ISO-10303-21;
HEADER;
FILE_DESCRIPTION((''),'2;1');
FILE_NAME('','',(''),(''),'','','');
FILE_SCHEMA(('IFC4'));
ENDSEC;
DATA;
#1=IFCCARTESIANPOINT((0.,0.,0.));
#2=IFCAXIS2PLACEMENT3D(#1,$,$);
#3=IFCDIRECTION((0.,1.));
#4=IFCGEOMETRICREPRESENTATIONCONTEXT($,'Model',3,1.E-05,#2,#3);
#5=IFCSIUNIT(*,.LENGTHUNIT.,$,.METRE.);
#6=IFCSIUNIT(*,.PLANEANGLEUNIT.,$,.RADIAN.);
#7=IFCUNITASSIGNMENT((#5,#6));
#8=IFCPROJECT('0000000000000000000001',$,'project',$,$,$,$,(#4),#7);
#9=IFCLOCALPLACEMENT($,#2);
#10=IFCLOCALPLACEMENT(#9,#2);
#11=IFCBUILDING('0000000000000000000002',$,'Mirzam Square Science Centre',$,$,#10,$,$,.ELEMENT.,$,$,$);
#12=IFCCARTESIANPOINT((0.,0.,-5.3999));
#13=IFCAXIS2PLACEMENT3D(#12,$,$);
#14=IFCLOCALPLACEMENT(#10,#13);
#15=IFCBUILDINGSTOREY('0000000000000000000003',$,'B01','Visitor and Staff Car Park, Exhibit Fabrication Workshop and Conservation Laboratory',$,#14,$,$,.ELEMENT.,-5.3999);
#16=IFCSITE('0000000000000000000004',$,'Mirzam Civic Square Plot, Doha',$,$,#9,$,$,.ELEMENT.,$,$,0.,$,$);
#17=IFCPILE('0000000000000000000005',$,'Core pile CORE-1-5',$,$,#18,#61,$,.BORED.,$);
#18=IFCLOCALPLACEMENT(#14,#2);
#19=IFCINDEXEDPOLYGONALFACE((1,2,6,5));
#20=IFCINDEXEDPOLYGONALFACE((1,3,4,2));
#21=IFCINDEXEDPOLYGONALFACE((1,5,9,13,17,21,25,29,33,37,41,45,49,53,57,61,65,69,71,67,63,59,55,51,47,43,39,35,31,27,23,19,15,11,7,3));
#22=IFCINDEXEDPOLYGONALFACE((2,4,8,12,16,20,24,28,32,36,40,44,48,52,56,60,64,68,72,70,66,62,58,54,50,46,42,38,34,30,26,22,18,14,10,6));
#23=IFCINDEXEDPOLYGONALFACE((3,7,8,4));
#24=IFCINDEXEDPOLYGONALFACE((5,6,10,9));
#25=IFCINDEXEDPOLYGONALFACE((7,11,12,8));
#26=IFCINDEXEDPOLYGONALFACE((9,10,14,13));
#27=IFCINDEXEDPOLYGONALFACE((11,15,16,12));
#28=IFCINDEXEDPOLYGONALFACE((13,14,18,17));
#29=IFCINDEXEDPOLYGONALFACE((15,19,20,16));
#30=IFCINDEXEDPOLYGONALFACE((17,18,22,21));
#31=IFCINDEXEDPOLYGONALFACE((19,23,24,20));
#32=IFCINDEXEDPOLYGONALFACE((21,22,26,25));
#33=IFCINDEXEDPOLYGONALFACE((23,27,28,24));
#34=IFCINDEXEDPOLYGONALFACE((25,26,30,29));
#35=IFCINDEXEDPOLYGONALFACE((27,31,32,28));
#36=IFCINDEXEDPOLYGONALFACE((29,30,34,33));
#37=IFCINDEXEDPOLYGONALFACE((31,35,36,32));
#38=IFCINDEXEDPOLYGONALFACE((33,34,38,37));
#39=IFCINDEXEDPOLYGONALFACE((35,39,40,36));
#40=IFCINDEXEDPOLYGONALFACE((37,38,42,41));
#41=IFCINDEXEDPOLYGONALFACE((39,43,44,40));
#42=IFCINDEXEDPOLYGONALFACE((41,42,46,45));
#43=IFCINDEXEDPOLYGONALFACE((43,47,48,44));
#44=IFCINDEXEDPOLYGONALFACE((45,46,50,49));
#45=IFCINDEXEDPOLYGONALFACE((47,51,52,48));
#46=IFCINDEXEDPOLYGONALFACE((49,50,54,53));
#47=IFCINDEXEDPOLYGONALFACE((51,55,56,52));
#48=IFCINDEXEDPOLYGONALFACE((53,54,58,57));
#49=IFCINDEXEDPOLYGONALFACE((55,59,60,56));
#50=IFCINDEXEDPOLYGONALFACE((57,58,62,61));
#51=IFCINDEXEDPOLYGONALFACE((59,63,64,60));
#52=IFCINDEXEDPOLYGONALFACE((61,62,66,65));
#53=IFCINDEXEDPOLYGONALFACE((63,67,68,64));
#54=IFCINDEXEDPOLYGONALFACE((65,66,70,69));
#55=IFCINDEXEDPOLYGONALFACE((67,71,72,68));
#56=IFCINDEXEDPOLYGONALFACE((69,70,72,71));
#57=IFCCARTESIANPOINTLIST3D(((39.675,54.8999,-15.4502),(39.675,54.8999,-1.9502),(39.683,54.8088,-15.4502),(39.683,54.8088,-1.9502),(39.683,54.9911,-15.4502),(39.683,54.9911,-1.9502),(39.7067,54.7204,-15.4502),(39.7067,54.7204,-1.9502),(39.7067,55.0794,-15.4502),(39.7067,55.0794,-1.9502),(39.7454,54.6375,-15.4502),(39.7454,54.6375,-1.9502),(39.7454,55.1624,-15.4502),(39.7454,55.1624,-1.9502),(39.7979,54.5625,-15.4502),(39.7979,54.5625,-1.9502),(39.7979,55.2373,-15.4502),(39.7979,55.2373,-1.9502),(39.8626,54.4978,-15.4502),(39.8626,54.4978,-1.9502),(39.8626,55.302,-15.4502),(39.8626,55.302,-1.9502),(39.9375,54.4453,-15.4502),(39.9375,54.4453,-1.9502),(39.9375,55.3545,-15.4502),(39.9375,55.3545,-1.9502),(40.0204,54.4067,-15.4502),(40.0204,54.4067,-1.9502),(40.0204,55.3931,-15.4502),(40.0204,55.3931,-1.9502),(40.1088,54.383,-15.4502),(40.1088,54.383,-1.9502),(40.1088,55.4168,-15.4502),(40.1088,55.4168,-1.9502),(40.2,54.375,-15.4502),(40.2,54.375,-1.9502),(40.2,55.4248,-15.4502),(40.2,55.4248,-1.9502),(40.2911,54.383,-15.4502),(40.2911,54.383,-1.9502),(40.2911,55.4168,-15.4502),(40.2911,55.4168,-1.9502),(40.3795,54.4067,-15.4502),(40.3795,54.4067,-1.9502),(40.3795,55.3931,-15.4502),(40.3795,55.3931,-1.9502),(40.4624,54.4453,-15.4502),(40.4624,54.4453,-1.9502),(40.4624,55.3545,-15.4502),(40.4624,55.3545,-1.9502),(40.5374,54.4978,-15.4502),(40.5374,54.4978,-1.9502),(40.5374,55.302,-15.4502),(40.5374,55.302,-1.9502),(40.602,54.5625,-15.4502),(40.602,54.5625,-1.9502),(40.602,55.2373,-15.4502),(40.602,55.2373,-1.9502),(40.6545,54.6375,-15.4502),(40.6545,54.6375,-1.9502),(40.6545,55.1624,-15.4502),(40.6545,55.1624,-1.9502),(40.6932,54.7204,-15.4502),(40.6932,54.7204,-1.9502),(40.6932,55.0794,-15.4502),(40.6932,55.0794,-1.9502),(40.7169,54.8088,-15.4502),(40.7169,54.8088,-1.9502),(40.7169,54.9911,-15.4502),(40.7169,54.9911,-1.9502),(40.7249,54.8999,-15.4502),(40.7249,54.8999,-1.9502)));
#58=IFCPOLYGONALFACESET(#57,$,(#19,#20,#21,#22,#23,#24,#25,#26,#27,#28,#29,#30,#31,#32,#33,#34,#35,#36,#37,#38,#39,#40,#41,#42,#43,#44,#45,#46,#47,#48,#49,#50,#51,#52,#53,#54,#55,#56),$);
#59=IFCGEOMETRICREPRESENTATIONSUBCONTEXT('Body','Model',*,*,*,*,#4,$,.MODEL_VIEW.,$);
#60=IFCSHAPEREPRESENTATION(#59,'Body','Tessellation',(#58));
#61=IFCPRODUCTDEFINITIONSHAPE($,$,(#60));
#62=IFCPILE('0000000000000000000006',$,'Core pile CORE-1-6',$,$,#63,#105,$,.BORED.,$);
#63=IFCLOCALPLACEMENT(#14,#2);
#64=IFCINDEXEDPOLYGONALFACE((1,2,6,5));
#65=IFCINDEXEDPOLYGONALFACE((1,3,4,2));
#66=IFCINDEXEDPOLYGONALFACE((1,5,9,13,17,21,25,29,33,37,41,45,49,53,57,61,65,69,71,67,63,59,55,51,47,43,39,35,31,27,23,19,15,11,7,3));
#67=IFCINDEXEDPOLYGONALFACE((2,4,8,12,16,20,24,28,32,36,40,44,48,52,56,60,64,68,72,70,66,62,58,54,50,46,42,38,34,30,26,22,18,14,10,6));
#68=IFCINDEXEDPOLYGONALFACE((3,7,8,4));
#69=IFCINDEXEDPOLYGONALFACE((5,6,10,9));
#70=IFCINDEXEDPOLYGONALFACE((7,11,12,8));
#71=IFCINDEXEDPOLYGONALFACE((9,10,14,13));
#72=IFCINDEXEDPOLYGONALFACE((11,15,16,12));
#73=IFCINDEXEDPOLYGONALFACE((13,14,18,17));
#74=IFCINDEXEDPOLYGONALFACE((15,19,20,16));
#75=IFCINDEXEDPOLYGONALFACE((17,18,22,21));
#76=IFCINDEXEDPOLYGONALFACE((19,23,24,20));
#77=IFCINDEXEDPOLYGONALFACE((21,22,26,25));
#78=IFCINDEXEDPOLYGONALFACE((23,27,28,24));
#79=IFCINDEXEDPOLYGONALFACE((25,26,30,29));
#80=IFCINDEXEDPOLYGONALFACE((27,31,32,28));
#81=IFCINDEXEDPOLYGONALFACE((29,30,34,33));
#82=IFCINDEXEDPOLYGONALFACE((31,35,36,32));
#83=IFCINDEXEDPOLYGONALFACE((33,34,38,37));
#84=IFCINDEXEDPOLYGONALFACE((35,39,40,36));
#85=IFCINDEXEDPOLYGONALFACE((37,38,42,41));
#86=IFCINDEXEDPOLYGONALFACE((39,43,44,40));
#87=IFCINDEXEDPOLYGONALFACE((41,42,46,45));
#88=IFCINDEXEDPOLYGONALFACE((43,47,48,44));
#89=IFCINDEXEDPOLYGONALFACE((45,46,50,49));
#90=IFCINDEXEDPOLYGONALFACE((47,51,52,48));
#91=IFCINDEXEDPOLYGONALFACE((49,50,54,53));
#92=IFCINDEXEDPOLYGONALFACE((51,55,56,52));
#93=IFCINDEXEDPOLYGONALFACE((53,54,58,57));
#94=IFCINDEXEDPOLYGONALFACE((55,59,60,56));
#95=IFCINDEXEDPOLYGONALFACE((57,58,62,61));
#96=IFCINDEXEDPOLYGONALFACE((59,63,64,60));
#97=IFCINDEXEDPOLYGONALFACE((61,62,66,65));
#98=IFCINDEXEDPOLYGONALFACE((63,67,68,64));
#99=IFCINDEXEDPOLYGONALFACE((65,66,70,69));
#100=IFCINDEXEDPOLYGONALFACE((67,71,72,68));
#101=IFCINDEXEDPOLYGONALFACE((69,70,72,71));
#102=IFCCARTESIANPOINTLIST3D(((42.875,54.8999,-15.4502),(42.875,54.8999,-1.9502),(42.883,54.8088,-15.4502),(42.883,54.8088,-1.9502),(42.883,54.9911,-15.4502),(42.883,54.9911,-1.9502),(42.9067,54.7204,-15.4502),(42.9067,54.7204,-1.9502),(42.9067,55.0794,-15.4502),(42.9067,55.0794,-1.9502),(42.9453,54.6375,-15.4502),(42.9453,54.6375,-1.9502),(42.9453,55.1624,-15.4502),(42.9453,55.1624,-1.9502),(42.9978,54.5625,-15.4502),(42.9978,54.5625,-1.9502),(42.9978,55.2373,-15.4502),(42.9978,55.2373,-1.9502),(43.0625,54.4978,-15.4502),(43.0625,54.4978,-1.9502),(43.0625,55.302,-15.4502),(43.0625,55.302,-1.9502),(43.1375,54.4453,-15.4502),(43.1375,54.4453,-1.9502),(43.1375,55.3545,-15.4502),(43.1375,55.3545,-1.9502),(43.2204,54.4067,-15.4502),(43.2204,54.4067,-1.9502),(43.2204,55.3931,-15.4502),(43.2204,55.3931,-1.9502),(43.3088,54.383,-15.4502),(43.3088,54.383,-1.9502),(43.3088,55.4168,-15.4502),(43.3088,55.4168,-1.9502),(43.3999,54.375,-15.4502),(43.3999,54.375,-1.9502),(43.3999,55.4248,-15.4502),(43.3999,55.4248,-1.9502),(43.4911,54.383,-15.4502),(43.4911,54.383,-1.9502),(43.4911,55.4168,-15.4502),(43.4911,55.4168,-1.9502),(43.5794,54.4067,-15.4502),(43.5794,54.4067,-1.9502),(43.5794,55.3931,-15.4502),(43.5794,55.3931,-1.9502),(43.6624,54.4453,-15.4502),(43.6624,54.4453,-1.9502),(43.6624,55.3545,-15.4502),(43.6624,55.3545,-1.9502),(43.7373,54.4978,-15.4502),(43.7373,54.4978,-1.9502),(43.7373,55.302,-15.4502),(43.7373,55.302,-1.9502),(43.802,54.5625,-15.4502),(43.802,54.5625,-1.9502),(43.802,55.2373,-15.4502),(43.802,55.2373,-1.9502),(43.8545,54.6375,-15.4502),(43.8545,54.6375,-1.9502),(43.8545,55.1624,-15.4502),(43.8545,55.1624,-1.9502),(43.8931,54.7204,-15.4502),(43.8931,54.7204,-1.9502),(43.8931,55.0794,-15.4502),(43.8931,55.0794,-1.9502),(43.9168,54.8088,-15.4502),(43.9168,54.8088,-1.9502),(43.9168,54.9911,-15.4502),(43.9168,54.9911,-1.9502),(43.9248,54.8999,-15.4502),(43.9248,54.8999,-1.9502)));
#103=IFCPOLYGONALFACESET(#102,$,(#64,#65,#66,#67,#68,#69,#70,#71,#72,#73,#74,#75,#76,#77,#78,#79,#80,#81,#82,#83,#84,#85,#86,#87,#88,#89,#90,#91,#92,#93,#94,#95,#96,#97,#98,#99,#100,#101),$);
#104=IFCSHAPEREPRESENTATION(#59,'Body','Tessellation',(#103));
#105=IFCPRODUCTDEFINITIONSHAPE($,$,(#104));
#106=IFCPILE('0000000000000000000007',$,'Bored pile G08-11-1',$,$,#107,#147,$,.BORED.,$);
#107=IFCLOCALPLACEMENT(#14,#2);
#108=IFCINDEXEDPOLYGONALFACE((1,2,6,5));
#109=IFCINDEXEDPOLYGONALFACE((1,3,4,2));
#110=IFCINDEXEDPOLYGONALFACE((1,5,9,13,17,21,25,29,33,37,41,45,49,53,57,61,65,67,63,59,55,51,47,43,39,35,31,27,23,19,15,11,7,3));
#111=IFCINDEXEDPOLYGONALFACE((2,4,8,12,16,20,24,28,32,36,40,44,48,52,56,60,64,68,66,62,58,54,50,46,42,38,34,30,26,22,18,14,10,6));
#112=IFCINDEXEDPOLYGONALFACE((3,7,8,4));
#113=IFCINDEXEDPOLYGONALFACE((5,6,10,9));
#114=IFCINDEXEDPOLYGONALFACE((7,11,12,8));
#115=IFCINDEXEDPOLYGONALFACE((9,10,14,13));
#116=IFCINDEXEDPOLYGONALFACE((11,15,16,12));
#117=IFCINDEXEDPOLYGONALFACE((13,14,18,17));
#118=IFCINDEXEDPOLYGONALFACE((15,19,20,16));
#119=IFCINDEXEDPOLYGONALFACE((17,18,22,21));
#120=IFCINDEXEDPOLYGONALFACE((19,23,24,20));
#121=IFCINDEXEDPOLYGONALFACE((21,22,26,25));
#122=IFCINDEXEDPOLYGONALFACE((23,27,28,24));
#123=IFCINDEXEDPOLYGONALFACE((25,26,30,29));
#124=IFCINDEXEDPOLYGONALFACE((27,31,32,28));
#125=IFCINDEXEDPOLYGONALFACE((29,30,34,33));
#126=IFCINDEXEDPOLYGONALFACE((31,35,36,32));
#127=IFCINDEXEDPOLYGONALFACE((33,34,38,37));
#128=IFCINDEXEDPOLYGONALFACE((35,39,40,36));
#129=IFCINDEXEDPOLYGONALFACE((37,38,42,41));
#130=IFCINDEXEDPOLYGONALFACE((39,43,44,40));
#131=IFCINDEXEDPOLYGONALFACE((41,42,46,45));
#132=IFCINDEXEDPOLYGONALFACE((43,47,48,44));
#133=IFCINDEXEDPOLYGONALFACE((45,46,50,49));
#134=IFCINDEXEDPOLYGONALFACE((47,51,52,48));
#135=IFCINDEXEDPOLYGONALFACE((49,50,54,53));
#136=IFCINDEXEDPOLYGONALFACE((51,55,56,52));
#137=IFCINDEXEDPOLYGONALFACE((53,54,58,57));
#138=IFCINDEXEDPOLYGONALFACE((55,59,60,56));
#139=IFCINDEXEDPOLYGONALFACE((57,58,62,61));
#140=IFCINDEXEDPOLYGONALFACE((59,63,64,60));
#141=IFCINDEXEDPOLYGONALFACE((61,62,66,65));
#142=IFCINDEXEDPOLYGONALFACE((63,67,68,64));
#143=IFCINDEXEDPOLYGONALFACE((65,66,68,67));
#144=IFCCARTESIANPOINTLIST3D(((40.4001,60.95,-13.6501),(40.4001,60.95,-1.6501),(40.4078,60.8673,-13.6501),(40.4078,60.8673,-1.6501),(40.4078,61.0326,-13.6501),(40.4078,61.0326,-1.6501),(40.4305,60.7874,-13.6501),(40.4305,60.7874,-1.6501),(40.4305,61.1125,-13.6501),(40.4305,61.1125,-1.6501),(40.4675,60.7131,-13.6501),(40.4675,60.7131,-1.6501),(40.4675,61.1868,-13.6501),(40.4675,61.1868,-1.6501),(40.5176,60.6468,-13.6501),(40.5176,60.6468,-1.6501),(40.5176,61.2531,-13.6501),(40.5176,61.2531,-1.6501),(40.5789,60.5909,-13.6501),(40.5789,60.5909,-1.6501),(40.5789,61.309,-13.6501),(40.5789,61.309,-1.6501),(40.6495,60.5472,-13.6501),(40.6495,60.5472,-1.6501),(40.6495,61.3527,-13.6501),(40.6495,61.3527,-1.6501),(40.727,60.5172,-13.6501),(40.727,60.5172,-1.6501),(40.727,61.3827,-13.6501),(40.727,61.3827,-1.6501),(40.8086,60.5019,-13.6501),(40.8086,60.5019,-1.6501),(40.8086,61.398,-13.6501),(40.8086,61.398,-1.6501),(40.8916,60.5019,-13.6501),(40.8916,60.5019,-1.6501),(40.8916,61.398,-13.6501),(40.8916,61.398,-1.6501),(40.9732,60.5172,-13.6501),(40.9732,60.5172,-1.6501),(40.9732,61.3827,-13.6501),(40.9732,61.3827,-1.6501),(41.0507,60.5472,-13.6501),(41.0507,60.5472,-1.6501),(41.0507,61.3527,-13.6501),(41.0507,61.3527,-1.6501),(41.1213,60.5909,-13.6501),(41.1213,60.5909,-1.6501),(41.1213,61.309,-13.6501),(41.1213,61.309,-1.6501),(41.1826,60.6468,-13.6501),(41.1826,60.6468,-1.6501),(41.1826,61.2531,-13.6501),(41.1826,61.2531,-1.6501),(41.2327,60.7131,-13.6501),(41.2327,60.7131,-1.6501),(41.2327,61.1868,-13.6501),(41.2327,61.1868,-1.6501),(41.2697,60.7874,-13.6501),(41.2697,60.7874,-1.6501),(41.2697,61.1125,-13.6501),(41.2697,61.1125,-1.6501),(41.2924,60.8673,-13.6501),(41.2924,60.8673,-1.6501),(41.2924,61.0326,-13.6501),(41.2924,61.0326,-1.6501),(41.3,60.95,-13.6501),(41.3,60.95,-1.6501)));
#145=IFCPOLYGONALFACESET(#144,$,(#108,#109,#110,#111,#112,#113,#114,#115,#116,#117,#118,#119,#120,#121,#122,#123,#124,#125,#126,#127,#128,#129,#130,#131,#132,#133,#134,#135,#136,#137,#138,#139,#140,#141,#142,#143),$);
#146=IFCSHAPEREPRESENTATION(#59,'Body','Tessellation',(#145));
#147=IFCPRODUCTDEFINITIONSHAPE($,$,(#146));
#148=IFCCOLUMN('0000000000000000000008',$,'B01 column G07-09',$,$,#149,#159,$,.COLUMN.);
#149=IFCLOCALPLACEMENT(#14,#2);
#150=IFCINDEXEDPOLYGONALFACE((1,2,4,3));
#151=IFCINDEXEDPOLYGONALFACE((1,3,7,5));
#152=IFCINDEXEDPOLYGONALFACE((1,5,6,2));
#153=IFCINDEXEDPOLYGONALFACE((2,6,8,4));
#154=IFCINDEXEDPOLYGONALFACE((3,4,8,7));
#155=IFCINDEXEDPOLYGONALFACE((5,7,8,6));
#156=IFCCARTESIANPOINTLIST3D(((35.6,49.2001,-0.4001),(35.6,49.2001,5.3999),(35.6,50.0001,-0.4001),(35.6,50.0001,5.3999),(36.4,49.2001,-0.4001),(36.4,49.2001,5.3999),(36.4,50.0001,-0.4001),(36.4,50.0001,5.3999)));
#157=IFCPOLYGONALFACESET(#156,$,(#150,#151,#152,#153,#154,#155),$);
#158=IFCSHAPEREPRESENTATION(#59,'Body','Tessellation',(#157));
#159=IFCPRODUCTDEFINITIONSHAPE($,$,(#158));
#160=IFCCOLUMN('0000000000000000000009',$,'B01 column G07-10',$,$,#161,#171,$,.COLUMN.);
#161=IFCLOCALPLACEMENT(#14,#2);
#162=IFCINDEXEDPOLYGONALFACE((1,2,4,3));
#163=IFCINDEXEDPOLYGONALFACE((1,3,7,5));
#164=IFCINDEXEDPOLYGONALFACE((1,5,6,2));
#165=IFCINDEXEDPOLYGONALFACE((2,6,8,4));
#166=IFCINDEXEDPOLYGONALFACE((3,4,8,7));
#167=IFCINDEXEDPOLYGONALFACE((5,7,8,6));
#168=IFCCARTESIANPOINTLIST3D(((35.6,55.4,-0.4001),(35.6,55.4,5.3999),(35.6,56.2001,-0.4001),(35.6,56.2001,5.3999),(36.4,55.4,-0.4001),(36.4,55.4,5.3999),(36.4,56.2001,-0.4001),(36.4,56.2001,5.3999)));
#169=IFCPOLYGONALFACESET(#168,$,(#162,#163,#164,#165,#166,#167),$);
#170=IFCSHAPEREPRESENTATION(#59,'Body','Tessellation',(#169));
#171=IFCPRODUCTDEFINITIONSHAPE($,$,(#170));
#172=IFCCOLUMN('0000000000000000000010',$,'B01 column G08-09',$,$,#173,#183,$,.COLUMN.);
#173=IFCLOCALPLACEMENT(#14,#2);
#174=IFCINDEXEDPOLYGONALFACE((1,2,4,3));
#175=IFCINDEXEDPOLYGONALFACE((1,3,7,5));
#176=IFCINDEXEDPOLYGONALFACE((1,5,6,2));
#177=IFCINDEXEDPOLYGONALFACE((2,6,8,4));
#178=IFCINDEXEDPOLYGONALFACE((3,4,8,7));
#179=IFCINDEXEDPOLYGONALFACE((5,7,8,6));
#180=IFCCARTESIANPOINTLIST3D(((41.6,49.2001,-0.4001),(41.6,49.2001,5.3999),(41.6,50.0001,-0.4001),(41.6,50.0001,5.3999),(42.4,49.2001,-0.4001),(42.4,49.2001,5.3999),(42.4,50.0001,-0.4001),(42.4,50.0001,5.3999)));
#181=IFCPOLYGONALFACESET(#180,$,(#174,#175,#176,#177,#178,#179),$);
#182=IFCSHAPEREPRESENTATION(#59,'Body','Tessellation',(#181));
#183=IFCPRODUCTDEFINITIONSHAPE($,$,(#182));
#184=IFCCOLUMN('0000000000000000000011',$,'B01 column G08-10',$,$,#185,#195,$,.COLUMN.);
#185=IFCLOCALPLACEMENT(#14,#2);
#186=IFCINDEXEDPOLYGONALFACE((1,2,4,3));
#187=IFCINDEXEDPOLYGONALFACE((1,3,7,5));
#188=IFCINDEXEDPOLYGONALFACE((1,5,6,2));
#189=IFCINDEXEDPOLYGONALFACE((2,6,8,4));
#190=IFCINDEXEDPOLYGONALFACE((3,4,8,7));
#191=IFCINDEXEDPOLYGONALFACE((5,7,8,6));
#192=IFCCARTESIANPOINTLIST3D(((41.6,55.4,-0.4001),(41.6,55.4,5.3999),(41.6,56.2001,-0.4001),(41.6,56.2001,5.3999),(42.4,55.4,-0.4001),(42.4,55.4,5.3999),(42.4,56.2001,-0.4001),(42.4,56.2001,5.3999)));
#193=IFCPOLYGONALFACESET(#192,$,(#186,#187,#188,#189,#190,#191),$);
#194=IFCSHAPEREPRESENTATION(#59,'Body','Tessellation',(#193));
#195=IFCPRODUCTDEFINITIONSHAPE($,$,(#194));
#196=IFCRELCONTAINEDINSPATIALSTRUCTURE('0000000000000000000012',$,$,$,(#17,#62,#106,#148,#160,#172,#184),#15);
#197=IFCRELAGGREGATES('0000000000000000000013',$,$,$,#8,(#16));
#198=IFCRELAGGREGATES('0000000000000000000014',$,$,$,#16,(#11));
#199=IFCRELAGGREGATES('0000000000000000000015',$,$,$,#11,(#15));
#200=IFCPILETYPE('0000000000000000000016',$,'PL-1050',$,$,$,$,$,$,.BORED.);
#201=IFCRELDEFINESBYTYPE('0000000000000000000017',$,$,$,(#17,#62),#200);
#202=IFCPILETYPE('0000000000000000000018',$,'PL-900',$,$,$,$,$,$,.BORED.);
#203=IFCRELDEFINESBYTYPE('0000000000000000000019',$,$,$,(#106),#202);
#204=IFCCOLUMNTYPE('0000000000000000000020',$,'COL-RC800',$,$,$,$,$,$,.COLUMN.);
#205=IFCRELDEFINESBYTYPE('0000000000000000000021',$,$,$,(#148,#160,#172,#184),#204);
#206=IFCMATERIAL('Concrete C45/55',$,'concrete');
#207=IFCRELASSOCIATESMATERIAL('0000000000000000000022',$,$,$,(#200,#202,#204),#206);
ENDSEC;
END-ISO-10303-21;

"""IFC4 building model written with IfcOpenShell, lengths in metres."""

from ifc_helpers import new_model, si_unit, direction, frame, origin, origin_2d, place, context, subcontext, project, spatial, rectangle, circle, extrude, material, material_profile, profile_set, type_object, element, save


model = new_model("IFC4")

# Units and contexts
model_context = context("Model", 3, precision=1e-05, world=origin(), true_north=direction((0.0, 1.0)))
body_context = subcontext(model_context, "Body", "Model", "MODEL_VIEW")
ifc_project = project(units=[si_unit("LENGTHUNIT", "METRE"), si_unit("PLANEANGLEUNIT", "RADIAN")], contexts=[model_context])

# Site, building, storey
site_placement = place(None, origin())
site = spatial("IfcSite", under=ifc_project, at=site_placement, Name="Mirzam Civic Square Plot, Doha", CompositionType="ELEMENT", RefElevation=0.0)
building_placement = place(site_placement, origin())
building = spatial("IfcBuilding", under=site, at=building_placement, Name="Mirzam Square Science Centre", CompositionType="ELEMENT")
storey_placement = place(building_placement, frame((0.0, 0.0, -5.3999)))
storey = spatial("IfcBuildingStorey", under=building, at=storey_placement, Name="B01", Description="Visitor and Staff Car Park, Exhibit Fabrication Workshop and Conservation Laboratory", CompositionType="ELEMENT", Elevation=-5.3999)

# Shared definitions
ifc_material_1 = material(Name="Concrete C45/55", Category="concrete")

# Piles
ifc_material_profile_1 = material_profile(ifc_material_1, circle(Radius=0.5249, at=origin_2d()), Name="PILE-D1050")
ifc_profile_set_1 = profile_set([ifc_material_profile_1], Name="Concrete C45/55")
pile_type_1 = type_object("IfcPileType", Name="PL-1050", PredefinedType="BORED", material=ifc_profile_set_1)
for number, where, z_axis, x_axis, name in (
    (1, (40.2, 54.8999, -1.9502), (0.0, 0.0, -1.0), (1.0, 0.0, 0.0), "Core pile CORE-1-5"),
    (2, (43.3999, 54.8999, -1.9502), (0.0, 0.0, -1.0), (1.0, 0.0, 0.0), "Core pile CORE-1-6"),
):
    element("IfcPile", number, at=place(storey_placement, frame(where, z_axis=z_axis, x_axis=x_axis)), inside=storey, type_object=pile_type_1, Name=name, PredefinedType="BORED", context=body_context, shape_type="SweptSolid", body=[
        extrude(circle(Radius=0.5249, at=origin_2d()), origin(), (0.0, 0.0, 1.0), 13.5),
    ])
ifc_material_profile_2 = material_profile(ifc_material_1, circle(Radius=0.45, at=origin_2d()), Name="PILE-D900")
ifc_profile_set_2 = profile_set([ifc_material_profile_2], Name="Concrete C45/55")
pile_type_2 = type_object("IfcPileType", Name="PL-900", PredefinedType="BORED", material=ifc_profile_set_2)
pile_placement = place(storey_placement, frame((40.8501, 60.95, -1.6501), z_axis=(0.0, 0.0, -1.0), x_axis=(1.0, 0.0, 0.0)))
element("IfcPile", 3, at=pile_placement, inside=storey, type_object=pile_type_2, Name="Bored pile G08-11-1", PredefinedType="BORED", context=body_context, shape_type="SweptSolid", body=[
    extrude(circle(Radius=0.45, at=origin_2d()), origin(), (0.0, 0.0, 1.0), 12.0),
])

# Columns
ifc_material_profile_3 = material_profile(ifc_material_1, rectangle(XDim=0.8, YDim=0.8, at=origin_2d()), Name="RC800x800")
ifc_profile_set_3 = profile_set([ifc_material_profile_3], Name="Concrete C45/55")
column_type_1 = type_object("IfcColumnType", Name="COL-RC800", PredefinedType="COLUMN", material=ifc_profile_set_3)
for number, where, z_axis, x_axis, name in (
    (4, (36.0, 49.6001, -0.4001), (0.0, 0.0, 1.0), (1.0, 0.0, 0.0), "B01 column G07-09"),
    (5, (36.0, 55.8, -0.4001), (0.0, 0.0, 1.0), (1.0, 0.0, 0.0), "B01 column G07-10"),
    (6, (42.0, 49.6001, -0.4001), (0.0, 0.0, 1.0), (1.0, 0.0, 0.0), "B01 column G08-09"),
    (7, (42.0, 55.8, -0.4001), (0.0, 0.0, 1.0), (1.0, 0.0, 0.0), "B01 column G08-10"),
):
    element("IfcColumn", number, at=place(storey_placement, frame(where, z_axis=z_axis, x_axis=x_axis)), inside=storey, type_object=column_type_1, Name=name, PredefinedType="COLUMN", context=body_context, shape_type="SweptSolid", body=[
        extrude(rectangle(XDim=0.8, YDim=0.8, at=origin_2d()), origin(), (0.0, 0.0, 1.0), 5.8),
    ])

save(model, "model.ifc")
